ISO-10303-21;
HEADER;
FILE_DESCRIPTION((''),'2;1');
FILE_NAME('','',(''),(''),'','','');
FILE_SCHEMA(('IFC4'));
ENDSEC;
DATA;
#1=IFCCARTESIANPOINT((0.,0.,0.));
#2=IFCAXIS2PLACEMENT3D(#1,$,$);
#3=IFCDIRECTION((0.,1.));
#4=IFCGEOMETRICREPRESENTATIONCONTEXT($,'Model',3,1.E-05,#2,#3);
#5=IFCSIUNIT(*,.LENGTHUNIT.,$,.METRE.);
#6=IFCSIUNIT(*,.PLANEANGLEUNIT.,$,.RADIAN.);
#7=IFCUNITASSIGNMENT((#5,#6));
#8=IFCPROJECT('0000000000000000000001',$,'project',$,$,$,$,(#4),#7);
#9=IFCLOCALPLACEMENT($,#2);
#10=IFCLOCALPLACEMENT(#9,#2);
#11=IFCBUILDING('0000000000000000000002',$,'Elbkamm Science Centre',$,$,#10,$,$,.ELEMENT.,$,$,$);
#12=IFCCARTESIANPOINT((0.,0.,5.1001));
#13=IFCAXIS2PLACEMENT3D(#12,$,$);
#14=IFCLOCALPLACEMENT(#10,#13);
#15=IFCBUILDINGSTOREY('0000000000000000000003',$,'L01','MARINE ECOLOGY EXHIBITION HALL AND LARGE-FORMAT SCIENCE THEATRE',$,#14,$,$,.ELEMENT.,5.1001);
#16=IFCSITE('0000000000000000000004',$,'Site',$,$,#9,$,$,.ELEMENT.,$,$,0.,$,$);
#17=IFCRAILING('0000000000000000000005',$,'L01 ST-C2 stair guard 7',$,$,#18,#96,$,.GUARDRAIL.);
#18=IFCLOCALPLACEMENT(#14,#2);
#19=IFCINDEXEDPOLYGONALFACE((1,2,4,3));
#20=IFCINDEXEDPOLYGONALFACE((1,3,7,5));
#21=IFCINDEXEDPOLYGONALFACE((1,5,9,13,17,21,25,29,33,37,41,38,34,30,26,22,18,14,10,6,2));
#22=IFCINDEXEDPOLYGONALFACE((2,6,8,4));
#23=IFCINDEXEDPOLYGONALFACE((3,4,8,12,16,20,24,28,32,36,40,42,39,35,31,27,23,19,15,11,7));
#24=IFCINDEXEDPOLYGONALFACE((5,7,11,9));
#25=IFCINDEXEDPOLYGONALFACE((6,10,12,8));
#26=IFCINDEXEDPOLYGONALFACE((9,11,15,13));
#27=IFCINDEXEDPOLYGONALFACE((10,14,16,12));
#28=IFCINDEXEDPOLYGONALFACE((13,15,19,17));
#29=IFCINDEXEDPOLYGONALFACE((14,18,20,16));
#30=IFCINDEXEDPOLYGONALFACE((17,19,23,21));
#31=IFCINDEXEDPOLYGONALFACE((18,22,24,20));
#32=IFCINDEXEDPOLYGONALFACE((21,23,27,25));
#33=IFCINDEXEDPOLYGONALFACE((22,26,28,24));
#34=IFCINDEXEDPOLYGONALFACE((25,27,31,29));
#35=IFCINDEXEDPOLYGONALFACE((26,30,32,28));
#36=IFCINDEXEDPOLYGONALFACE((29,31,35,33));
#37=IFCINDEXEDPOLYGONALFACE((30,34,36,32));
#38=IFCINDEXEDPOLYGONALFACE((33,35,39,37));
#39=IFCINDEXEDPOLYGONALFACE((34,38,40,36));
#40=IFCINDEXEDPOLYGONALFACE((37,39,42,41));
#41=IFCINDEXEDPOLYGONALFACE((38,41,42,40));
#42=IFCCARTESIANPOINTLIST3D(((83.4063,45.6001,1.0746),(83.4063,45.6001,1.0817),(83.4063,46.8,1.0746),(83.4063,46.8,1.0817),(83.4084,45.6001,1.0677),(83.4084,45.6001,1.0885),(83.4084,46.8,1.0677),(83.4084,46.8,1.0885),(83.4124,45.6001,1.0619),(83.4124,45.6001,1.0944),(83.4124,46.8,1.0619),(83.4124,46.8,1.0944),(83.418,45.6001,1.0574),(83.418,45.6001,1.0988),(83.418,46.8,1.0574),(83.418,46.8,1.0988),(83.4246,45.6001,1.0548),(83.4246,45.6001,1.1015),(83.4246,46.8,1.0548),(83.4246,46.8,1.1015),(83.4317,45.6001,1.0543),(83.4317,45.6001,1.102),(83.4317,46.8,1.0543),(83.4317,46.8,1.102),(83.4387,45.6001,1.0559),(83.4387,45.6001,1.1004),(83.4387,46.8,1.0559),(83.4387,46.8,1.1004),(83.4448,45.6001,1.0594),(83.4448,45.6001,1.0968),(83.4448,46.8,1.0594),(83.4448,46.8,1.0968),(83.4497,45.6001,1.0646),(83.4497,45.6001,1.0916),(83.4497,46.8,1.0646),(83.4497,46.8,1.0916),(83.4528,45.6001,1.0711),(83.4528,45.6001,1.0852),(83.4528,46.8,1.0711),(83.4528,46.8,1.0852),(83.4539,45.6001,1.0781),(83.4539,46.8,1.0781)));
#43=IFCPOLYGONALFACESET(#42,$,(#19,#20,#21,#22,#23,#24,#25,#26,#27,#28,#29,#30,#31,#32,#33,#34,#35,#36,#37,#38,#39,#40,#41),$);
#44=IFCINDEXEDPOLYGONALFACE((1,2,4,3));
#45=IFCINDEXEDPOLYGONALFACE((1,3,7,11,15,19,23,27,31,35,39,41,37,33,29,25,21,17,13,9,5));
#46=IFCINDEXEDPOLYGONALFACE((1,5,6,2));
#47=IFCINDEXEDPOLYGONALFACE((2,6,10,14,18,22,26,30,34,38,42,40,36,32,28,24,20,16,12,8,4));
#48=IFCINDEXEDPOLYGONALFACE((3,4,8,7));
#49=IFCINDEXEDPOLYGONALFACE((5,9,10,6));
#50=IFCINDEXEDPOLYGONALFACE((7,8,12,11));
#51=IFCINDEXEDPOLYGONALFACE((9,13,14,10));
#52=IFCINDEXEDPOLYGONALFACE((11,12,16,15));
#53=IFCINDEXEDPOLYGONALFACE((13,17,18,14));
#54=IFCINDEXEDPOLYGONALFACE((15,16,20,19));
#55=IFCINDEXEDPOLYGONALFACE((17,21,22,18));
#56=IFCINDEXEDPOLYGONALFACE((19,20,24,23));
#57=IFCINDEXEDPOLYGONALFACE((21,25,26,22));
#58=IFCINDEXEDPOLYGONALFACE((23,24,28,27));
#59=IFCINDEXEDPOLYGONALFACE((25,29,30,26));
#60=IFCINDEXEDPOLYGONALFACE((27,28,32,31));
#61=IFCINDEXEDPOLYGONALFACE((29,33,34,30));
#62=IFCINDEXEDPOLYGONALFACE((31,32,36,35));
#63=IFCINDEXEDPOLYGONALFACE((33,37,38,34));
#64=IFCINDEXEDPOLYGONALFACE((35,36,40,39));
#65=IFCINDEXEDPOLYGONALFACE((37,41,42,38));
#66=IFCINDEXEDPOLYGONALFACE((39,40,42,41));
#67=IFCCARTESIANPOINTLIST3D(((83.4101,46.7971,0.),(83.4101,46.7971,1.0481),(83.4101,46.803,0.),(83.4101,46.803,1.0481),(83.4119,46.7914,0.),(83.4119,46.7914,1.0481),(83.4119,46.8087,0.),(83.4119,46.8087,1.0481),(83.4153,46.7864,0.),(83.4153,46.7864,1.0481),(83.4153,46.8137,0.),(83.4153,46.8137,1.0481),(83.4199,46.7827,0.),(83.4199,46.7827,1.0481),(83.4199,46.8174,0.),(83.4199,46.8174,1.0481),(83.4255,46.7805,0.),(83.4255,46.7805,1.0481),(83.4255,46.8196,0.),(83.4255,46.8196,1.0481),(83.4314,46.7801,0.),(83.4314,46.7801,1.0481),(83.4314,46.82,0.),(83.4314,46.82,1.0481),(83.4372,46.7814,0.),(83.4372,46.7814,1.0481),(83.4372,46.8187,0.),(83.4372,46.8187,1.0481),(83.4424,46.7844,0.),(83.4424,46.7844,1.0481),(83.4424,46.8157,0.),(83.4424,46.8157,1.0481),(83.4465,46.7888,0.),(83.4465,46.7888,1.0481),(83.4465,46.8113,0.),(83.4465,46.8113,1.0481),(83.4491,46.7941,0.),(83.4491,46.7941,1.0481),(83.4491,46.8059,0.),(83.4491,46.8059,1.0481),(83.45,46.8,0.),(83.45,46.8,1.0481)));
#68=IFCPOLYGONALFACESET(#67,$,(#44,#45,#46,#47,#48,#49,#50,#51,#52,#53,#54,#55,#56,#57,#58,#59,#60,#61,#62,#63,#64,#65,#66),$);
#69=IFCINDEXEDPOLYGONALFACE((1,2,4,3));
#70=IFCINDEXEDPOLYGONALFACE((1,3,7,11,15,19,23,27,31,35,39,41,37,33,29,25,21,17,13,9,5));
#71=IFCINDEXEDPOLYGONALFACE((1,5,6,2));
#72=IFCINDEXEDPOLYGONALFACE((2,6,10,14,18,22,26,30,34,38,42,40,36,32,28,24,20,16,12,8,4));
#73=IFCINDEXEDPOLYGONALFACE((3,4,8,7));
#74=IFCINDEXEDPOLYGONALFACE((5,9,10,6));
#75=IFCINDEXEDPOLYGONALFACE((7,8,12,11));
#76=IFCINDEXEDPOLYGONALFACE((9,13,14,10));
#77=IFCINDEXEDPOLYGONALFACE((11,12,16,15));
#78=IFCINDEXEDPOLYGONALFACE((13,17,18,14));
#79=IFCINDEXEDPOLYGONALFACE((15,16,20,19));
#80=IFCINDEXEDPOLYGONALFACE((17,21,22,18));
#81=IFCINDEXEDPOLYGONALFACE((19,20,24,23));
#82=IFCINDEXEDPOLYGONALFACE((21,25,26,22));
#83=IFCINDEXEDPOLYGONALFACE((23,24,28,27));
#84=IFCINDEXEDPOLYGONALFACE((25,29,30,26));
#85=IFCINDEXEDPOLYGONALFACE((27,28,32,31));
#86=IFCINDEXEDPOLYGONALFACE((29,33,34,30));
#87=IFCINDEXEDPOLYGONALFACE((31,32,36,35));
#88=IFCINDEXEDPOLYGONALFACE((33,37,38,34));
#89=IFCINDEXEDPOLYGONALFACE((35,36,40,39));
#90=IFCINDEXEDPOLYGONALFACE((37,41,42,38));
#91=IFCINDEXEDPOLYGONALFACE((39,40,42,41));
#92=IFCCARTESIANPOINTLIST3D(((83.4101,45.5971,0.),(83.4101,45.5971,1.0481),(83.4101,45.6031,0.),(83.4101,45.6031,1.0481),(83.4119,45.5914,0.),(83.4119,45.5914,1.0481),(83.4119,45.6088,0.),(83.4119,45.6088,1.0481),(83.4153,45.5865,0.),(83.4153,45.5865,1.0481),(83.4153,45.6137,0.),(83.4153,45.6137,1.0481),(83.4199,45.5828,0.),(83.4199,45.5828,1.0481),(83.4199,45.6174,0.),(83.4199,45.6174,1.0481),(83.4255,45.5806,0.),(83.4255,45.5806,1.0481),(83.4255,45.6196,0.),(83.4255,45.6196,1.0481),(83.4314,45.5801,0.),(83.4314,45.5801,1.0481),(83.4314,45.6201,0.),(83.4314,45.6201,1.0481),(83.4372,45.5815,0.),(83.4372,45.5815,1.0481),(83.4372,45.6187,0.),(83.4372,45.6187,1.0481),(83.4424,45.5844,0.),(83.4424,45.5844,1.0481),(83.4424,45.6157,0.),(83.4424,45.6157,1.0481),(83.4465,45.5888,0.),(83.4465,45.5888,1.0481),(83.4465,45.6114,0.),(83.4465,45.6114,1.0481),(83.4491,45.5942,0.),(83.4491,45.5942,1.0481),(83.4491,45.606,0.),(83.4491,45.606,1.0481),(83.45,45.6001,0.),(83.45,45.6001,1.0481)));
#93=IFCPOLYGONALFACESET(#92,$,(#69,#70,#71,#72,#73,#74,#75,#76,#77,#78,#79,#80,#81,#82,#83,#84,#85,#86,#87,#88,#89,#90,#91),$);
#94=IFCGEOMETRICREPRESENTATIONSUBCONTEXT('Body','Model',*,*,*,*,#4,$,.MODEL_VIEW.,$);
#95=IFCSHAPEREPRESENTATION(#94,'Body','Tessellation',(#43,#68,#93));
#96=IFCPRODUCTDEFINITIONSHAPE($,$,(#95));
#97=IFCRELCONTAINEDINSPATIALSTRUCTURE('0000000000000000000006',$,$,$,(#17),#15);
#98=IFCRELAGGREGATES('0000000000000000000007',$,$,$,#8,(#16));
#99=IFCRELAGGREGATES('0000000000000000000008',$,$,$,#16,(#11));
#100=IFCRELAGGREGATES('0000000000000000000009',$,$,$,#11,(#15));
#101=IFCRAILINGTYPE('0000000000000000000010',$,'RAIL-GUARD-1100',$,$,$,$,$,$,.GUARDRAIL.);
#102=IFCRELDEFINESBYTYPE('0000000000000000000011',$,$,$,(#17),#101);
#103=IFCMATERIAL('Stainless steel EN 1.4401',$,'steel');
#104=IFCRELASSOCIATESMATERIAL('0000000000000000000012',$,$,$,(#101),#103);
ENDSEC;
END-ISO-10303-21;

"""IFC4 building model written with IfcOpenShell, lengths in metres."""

from ifc_helpers import new_model, si_unit, direction, frame, origin, origin_2d, place, context, subcontext, project, spatial, circle, extrude, material, type_object, element, save


model = new_model("IFC4")

# Units and contexts
model_context = context("Model", 3, precision=1e-05, world=origin(), true_north=direction((0.0, 1.0)))
body_context = subcontext(model_context, "Body", "Model", "MODEL_VIEW")
ifc_project = project(units=[si_unit("LENGTHUNIT", "METRE"), si_unit("PLANEANGLEUNIT", "RADIAN")], contexts=[model_context])

# Site, building, storey
site_placement = place(None, origin())
site = spatial("IfcSite", under=ifc_project, at=site_placement, Name="Site", CompositionType="ELEMENT", RefElevation=0.0)
building_placement = place(site_placement, origin())
building = spatial("IfcBuilding", under=site, at=building_placement, Name="Elbkamm Science Centre", CompositionType="ELEMENT")
storey_placement = place(building_placement, frame((0.0, 0.0, 5.1001)))
storey = spatial("IfcBuildingStorey", under=building, at=storey_placement, Name="L01", Description="MARINE ECOLOGY EXHIBITION HALL AND LARGE-FORMAT SCIENCE THEATRE", CompositionType="ELEMENT", Elevation=5.1001)

# Railing
ifc_material_1 = material(Name="Stainless steel EN 1.4401", Category="steel")
railing_type_1 = type_object("IfcRailingType", Name="RAIL-GUARD-1100", PredefinedType="GUARDRAIL", material=ifc_material_1)
railing_1_placement = place(storey_placement, frame((83.4299, 46.8, 0.0)))
element("IfcRailing", 1, at=railing_1_placement, inside=storey, type_object=railing_type_1, Name="L01 ST-C2 stair guard 7", PredefinedType="GUARDRAIL", context=body_context, shape_type="SweptSolid", body=[
    extrude(circle(Radius=0.0239, at=origin_2d()), frame((0.0, 0.0, 1.0781), z_axis=(0.0, -1.0, 0.0), x_axis=(1.0, 0.0, 0.0)), (0.0, 0.0, 1.0), 1.2),
    extrude(circle(Radius=0.02, at=origin_2d()), origin(), (0.0, 0.0, 1.0), 1.0481),
    extrude(circle(Radius=0.02, at=origin_2d()), frame((0.0, -1.2, 0.0)), (0.0, 0.0, 1.0), 1.0481),
])

save(model, "model.ifc")
